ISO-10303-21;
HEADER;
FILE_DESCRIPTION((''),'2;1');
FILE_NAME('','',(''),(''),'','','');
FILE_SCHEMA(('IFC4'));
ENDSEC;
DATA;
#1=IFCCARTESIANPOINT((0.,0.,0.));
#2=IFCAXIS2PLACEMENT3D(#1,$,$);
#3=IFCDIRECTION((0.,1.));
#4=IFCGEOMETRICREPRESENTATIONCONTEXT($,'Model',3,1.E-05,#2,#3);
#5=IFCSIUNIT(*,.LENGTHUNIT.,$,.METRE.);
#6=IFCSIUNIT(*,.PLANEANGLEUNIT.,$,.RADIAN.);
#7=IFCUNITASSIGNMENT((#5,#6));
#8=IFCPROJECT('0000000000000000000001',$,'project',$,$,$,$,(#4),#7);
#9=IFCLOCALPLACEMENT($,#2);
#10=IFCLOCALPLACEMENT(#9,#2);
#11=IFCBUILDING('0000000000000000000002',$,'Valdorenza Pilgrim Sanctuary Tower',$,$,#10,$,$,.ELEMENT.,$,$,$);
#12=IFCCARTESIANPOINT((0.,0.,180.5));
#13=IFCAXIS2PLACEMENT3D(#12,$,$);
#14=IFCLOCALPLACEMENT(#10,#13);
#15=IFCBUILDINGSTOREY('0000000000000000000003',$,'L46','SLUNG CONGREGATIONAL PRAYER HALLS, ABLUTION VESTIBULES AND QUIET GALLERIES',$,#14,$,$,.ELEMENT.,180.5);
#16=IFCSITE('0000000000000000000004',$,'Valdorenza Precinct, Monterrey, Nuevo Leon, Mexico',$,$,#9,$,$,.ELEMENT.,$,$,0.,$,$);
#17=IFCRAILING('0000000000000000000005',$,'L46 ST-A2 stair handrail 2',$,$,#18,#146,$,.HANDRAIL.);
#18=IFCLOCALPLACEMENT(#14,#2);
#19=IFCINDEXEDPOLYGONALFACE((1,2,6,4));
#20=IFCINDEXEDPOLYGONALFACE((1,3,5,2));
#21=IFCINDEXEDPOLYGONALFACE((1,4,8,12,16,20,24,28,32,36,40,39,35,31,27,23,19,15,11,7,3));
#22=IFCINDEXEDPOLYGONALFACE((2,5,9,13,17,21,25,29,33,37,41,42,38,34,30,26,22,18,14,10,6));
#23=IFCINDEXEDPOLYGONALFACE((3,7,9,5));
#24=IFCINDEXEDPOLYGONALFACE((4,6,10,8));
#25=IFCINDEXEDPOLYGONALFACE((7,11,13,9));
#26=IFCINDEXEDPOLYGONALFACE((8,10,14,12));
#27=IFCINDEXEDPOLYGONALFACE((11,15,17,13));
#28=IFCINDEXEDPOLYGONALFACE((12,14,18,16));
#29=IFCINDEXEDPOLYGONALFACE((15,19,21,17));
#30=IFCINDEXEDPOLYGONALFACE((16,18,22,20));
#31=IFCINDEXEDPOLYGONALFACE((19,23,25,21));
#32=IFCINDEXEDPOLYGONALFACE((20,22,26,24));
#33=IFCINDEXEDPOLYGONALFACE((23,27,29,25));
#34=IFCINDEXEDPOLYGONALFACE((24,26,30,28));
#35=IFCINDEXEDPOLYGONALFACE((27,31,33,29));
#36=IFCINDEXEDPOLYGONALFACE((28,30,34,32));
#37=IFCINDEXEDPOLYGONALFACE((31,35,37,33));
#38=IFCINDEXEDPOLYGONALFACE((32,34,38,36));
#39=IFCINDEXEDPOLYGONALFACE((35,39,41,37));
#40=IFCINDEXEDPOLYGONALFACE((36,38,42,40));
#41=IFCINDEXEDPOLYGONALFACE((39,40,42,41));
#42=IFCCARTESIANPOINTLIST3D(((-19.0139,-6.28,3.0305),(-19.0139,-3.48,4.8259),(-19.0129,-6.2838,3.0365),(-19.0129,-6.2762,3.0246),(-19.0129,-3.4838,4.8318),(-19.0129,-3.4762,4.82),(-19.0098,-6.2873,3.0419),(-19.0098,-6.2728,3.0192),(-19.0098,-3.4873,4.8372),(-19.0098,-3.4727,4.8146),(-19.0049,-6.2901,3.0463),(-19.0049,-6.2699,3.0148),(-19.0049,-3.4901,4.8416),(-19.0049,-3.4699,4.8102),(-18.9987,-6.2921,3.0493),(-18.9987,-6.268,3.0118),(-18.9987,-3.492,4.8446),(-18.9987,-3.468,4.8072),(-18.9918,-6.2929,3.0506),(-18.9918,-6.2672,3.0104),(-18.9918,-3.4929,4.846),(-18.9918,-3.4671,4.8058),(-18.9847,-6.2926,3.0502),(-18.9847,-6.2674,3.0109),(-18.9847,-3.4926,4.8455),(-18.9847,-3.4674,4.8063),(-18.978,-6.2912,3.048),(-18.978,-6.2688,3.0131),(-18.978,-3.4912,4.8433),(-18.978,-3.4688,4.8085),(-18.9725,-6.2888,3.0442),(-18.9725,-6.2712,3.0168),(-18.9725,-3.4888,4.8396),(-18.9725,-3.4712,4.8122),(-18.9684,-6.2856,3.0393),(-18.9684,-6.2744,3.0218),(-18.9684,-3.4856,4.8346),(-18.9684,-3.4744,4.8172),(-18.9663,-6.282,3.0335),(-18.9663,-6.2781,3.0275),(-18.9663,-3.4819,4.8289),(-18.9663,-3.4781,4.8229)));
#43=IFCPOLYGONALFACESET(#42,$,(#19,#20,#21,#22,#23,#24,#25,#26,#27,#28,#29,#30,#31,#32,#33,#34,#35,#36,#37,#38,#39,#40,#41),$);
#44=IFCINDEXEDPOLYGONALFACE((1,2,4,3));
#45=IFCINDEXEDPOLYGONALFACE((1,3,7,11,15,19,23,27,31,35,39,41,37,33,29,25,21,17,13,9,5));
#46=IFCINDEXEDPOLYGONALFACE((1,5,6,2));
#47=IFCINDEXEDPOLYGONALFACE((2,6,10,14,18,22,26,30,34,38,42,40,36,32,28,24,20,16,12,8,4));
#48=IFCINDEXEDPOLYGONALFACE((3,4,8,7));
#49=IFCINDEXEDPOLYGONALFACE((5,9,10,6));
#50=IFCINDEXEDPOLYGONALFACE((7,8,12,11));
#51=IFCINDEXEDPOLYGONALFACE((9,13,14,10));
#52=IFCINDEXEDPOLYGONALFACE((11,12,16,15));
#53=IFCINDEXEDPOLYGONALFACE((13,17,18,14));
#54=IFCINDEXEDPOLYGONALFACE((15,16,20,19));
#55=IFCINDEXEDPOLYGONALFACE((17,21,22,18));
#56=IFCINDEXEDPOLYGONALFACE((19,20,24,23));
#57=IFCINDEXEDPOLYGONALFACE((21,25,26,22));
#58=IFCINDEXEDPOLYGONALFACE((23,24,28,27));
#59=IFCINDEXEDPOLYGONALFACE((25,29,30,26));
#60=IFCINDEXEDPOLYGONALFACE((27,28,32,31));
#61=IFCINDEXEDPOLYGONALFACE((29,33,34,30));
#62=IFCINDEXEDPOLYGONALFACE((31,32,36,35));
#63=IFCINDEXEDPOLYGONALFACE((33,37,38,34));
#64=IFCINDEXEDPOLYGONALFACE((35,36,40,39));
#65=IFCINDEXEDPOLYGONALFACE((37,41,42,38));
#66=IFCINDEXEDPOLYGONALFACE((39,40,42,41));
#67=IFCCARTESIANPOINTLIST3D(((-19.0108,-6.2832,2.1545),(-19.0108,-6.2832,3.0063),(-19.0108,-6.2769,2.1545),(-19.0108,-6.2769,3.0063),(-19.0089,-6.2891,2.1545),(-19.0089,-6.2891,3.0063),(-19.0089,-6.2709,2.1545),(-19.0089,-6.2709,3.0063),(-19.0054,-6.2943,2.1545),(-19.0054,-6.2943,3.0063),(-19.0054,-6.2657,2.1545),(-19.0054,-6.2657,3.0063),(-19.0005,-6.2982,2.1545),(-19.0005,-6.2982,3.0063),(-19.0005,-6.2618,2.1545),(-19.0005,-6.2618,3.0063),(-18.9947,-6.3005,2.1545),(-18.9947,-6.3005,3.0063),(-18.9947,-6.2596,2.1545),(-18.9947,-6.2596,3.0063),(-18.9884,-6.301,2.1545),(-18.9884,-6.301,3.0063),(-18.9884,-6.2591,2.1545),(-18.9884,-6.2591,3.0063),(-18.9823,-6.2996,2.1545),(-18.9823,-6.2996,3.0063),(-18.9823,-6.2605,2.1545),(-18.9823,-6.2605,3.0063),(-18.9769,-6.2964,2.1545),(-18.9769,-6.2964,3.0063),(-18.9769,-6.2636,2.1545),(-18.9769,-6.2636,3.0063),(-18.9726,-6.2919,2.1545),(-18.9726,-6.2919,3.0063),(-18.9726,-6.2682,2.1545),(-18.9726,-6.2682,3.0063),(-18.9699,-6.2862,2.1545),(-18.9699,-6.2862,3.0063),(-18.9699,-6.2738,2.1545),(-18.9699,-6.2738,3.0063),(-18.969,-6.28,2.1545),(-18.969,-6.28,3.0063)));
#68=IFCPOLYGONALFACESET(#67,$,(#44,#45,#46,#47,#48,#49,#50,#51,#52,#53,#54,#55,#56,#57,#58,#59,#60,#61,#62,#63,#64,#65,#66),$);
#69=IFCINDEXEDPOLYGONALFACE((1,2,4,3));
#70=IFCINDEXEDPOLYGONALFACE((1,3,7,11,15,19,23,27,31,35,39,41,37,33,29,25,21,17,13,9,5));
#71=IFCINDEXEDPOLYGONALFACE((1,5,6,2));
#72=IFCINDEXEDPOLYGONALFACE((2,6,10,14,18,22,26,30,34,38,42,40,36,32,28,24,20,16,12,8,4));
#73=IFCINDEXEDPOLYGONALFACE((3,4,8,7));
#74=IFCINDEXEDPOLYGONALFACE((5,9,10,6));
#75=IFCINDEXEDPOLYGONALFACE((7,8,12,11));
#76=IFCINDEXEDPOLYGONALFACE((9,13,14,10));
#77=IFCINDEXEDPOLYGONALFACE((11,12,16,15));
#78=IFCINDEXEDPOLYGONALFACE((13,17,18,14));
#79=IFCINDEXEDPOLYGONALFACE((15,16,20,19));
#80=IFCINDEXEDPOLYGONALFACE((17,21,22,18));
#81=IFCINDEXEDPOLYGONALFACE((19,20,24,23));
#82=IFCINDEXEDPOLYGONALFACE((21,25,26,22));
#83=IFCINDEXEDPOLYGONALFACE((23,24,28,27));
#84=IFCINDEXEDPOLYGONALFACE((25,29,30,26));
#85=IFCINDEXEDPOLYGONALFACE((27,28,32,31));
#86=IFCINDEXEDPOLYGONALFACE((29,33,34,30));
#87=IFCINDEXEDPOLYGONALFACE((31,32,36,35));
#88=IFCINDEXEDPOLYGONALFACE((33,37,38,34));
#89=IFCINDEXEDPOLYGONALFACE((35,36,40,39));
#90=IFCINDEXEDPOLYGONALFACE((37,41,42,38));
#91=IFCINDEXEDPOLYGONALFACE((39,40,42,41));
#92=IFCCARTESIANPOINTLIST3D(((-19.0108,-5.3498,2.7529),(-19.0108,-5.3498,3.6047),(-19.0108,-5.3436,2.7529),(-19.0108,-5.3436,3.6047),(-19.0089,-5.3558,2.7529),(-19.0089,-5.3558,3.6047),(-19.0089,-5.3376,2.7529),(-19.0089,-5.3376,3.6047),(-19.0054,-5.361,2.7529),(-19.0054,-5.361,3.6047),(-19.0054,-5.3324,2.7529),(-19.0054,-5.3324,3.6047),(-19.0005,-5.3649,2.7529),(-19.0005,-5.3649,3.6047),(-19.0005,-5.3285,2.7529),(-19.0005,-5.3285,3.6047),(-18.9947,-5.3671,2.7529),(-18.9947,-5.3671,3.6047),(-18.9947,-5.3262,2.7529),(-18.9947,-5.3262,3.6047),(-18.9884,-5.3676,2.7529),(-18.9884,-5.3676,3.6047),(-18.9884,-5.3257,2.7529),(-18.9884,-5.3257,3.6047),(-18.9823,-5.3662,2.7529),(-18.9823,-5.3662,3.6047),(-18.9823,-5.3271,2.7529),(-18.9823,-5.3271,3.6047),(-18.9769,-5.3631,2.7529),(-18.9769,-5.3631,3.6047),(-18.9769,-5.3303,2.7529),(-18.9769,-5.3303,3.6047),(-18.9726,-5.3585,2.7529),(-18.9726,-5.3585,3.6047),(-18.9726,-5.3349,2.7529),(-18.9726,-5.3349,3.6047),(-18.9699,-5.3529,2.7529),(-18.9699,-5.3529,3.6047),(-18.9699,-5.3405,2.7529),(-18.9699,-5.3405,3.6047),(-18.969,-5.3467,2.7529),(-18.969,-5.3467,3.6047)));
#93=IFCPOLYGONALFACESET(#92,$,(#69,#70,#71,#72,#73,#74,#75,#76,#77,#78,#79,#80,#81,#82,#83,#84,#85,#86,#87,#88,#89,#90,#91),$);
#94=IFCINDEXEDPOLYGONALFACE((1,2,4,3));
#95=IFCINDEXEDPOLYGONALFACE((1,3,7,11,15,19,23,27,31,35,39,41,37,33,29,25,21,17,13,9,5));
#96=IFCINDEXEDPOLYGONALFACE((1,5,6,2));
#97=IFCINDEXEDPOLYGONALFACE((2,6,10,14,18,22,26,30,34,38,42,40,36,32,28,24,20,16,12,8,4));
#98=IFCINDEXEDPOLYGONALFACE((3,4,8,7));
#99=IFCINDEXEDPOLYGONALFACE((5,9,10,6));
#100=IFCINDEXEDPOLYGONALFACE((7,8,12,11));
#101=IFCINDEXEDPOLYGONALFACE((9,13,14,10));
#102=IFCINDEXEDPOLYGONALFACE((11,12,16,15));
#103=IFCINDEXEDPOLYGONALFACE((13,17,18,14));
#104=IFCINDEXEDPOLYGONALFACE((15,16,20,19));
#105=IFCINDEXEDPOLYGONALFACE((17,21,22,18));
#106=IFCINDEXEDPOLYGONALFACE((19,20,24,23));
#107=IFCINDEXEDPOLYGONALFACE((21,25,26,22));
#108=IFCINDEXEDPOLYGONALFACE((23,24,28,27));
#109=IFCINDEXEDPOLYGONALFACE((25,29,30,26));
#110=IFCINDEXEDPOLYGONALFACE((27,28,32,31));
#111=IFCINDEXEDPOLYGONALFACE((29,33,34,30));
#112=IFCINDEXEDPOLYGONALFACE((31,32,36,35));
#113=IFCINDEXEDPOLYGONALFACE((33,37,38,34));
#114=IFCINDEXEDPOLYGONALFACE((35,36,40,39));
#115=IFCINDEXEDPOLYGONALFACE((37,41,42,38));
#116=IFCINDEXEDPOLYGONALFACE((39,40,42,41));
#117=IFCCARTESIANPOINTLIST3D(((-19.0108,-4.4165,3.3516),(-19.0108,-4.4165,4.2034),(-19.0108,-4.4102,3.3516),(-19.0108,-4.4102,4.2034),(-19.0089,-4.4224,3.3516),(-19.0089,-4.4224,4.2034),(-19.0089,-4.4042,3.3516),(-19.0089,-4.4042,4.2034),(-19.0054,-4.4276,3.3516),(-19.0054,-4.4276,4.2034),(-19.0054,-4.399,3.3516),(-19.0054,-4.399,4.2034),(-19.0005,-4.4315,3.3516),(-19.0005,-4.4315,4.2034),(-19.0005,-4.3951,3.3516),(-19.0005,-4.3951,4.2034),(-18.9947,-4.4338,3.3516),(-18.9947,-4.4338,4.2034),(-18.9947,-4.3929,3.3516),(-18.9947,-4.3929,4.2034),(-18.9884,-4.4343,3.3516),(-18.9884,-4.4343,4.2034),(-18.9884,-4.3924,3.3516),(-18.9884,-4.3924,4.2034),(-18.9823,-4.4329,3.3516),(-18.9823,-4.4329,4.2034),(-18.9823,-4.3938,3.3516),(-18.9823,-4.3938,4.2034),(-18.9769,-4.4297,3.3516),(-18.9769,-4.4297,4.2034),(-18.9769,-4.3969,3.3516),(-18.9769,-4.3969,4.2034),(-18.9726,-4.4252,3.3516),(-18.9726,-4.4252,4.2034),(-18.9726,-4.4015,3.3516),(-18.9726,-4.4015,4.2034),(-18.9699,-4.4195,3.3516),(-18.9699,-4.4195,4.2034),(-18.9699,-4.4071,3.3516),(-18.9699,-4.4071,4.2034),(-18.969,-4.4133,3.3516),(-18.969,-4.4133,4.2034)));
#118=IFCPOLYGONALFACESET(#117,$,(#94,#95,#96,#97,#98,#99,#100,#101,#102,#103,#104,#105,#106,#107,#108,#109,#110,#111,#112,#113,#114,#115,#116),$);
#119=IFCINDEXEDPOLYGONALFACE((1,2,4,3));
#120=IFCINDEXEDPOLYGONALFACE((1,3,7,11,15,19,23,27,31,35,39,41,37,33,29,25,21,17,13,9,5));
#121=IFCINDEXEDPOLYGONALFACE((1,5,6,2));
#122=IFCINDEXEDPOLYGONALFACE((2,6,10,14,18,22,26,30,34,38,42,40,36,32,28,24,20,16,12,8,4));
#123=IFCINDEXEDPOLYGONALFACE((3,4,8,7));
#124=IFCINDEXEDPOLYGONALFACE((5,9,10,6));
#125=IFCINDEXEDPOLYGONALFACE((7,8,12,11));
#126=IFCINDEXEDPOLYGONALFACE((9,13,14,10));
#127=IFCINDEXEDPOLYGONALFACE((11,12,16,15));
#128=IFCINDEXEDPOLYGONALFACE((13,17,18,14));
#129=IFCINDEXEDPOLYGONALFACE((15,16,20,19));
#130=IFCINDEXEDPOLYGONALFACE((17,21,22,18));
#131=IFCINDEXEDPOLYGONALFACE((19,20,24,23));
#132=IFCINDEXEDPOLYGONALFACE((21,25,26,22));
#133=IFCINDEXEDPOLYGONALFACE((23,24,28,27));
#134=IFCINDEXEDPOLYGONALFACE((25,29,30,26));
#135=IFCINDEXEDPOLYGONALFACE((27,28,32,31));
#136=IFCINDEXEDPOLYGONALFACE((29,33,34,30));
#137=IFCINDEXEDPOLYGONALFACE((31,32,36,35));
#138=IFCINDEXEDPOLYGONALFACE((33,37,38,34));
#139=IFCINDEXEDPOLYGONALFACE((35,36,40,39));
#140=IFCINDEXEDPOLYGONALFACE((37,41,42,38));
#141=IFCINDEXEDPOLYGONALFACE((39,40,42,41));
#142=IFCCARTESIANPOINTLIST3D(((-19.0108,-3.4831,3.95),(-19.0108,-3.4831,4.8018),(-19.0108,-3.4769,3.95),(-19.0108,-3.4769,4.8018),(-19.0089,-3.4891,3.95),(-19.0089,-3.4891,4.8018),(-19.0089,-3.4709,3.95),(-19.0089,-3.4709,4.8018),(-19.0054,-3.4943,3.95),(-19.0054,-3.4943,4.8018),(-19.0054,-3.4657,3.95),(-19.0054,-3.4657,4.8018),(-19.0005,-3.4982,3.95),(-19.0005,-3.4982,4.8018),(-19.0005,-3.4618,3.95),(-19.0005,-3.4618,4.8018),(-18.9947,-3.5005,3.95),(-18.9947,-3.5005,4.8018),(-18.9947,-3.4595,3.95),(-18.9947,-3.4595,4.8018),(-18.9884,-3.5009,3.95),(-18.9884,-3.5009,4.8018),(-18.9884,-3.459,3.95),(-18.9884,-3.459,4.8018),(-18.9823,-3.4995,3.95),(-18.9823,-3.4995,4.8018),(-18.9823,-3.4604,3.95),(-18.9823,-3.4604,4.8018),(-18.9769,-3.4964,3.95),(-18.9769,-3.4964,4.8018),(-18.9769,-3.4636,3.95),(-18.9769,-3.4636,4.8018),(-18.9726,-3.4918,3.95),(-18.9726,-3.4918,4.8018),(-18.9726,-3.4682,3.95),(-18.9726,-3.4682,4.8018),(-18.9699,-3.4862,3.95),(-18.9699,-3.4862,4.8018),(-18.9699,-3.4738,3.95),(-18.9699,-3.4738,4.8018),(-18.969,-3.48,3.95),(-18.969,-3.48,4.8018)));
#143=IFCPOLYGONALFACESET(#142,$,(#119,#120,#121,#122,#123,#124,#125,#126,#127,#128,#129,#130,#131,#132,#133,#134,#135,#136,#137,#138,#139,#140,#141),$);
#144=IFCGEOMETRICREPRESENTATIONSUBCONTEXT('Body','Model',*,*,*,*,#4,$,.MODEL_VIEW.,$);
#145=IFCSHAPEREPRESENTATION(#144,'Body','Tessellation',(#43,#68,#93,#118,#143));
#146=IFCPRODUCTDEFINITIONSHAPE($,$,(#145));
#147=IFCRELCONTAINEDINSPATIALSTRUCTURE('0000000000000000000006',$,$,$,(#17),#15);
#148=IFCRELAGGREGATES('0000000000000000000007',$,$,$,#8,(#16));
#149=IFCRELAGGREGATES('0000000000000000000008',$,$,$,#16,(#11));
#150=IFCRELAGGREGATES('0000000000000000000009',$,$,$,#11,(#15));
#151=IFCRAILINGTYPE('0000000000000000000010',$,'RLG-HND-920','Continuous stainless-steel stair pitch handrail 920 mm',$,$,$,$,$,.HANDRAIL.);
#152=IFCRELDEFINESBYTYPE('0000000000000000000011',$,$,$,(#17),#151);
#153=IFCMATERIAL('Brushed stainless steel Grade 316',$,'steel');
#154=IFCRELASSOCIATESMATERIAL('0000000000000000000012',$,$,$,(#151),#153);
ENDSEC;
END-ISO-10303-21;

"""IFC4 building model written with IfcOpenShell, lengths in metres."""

from ifc_helpers import new_model, si_unit, direction, frame, origin, origin_2d, place, context, subcontext, project, spatial, circle, extrude, material, type_object, element, save


model = new_model("IFC4")

# Units and contexts
model_context = context("Model", 3, precision=1e-05, world=origin(), true_north=direction((0.0, 1.0)))
body_context = subcontext(model_context, "Body", "Model", "MODEL_VIEW")
ifc_project = project(units=[si_unit("LENGTHUNIT", "METRE"), si_unit("PLANEANGLEUNIT", "RADIAN")], contexts=[model_context])

# Site, building, storey
site_placement = place(None, origin())
site = spatial("IfcSite", under=ifc_project, at=site_placement, Name="Valdorenza Precinct, Monterrey, Nuevo Leon, Mexico", CompositionType="ELEMENT", RefElevation=0.0)
building_placement = place(site_placement, origin())
building = spatial("IfcBuilding", under=site, at=building_placement, Name="Valdorenza Pilgrim Sanctuary Tower", CompositionType="ELEMENT")
storey_placement = place(building_placement, frame((0.0, 0.0, 180.5)))
storey = spatial("IfcBuildingStorey", under=building, at=storey_placement, Name="L46", Description="SLUNG CONGREGATIONAL PRAYER HALLS, ABLUTION VESTIBULES AND QUIET GALLERIES", CompositionType="ELEMENT", Elevation=180.5)

# Shared definitions
ifc_material_1 = material(Name="Brushed stainless steel Grade 316", Category="steel")

# Railing
railing_type_1 = type_object("IfcRailingType", Name="RLG-HND-920", Description="Continuous stainless-steel stair pitch handrail 920 mm", PredefinedType="HANDRAIL", material=ifc_material_1)
railing_1_placement = place(storey_placement, frame((-18.99, -6.28, 2.1545)))
element("IfcRailing", 1, at=railing_1_placement, inside=storey, type_object=railing_type_1, Name="L46 ST-A2 stair handrail 2", PredefinedType="HANDRAIL", context=body_context, shape_type="SweptSolid", body=[
    extrude(circle(Radius=0.0239, at=origin_2d()), frame((0.0, 0.0, 0.876), z_axis=(0.0, 0.84181, 0.539774), x_axis=(-1.0, 0.0, 0.0)), (0.0, 0.0, 1.0), 3.3262),
    extrude(circle(Radius=0.021, at=origin_2d()), origin(), (0.0, 0.0, 1.0), 0.8518),
    extrude(circle(Radius=0.021, at=origin_2d()), frame((0.0, 0.9333, 0.5984)), (0.0, 0.0, 1.0), 0.8518),
    extrude(circle(Radius=0.021, at=origin_2d()), frame((0.0, 1.8667, 1.197)), (0.0, 0.0, 1.0), 0.8518),
    extrude(circle(Radius=0.021, at=origin_2d()), frame((0.0, 2.8, 1.7954)), (0.0, 0.0, 1.0), 0.8518),
])

save(model, "model.ifc")
